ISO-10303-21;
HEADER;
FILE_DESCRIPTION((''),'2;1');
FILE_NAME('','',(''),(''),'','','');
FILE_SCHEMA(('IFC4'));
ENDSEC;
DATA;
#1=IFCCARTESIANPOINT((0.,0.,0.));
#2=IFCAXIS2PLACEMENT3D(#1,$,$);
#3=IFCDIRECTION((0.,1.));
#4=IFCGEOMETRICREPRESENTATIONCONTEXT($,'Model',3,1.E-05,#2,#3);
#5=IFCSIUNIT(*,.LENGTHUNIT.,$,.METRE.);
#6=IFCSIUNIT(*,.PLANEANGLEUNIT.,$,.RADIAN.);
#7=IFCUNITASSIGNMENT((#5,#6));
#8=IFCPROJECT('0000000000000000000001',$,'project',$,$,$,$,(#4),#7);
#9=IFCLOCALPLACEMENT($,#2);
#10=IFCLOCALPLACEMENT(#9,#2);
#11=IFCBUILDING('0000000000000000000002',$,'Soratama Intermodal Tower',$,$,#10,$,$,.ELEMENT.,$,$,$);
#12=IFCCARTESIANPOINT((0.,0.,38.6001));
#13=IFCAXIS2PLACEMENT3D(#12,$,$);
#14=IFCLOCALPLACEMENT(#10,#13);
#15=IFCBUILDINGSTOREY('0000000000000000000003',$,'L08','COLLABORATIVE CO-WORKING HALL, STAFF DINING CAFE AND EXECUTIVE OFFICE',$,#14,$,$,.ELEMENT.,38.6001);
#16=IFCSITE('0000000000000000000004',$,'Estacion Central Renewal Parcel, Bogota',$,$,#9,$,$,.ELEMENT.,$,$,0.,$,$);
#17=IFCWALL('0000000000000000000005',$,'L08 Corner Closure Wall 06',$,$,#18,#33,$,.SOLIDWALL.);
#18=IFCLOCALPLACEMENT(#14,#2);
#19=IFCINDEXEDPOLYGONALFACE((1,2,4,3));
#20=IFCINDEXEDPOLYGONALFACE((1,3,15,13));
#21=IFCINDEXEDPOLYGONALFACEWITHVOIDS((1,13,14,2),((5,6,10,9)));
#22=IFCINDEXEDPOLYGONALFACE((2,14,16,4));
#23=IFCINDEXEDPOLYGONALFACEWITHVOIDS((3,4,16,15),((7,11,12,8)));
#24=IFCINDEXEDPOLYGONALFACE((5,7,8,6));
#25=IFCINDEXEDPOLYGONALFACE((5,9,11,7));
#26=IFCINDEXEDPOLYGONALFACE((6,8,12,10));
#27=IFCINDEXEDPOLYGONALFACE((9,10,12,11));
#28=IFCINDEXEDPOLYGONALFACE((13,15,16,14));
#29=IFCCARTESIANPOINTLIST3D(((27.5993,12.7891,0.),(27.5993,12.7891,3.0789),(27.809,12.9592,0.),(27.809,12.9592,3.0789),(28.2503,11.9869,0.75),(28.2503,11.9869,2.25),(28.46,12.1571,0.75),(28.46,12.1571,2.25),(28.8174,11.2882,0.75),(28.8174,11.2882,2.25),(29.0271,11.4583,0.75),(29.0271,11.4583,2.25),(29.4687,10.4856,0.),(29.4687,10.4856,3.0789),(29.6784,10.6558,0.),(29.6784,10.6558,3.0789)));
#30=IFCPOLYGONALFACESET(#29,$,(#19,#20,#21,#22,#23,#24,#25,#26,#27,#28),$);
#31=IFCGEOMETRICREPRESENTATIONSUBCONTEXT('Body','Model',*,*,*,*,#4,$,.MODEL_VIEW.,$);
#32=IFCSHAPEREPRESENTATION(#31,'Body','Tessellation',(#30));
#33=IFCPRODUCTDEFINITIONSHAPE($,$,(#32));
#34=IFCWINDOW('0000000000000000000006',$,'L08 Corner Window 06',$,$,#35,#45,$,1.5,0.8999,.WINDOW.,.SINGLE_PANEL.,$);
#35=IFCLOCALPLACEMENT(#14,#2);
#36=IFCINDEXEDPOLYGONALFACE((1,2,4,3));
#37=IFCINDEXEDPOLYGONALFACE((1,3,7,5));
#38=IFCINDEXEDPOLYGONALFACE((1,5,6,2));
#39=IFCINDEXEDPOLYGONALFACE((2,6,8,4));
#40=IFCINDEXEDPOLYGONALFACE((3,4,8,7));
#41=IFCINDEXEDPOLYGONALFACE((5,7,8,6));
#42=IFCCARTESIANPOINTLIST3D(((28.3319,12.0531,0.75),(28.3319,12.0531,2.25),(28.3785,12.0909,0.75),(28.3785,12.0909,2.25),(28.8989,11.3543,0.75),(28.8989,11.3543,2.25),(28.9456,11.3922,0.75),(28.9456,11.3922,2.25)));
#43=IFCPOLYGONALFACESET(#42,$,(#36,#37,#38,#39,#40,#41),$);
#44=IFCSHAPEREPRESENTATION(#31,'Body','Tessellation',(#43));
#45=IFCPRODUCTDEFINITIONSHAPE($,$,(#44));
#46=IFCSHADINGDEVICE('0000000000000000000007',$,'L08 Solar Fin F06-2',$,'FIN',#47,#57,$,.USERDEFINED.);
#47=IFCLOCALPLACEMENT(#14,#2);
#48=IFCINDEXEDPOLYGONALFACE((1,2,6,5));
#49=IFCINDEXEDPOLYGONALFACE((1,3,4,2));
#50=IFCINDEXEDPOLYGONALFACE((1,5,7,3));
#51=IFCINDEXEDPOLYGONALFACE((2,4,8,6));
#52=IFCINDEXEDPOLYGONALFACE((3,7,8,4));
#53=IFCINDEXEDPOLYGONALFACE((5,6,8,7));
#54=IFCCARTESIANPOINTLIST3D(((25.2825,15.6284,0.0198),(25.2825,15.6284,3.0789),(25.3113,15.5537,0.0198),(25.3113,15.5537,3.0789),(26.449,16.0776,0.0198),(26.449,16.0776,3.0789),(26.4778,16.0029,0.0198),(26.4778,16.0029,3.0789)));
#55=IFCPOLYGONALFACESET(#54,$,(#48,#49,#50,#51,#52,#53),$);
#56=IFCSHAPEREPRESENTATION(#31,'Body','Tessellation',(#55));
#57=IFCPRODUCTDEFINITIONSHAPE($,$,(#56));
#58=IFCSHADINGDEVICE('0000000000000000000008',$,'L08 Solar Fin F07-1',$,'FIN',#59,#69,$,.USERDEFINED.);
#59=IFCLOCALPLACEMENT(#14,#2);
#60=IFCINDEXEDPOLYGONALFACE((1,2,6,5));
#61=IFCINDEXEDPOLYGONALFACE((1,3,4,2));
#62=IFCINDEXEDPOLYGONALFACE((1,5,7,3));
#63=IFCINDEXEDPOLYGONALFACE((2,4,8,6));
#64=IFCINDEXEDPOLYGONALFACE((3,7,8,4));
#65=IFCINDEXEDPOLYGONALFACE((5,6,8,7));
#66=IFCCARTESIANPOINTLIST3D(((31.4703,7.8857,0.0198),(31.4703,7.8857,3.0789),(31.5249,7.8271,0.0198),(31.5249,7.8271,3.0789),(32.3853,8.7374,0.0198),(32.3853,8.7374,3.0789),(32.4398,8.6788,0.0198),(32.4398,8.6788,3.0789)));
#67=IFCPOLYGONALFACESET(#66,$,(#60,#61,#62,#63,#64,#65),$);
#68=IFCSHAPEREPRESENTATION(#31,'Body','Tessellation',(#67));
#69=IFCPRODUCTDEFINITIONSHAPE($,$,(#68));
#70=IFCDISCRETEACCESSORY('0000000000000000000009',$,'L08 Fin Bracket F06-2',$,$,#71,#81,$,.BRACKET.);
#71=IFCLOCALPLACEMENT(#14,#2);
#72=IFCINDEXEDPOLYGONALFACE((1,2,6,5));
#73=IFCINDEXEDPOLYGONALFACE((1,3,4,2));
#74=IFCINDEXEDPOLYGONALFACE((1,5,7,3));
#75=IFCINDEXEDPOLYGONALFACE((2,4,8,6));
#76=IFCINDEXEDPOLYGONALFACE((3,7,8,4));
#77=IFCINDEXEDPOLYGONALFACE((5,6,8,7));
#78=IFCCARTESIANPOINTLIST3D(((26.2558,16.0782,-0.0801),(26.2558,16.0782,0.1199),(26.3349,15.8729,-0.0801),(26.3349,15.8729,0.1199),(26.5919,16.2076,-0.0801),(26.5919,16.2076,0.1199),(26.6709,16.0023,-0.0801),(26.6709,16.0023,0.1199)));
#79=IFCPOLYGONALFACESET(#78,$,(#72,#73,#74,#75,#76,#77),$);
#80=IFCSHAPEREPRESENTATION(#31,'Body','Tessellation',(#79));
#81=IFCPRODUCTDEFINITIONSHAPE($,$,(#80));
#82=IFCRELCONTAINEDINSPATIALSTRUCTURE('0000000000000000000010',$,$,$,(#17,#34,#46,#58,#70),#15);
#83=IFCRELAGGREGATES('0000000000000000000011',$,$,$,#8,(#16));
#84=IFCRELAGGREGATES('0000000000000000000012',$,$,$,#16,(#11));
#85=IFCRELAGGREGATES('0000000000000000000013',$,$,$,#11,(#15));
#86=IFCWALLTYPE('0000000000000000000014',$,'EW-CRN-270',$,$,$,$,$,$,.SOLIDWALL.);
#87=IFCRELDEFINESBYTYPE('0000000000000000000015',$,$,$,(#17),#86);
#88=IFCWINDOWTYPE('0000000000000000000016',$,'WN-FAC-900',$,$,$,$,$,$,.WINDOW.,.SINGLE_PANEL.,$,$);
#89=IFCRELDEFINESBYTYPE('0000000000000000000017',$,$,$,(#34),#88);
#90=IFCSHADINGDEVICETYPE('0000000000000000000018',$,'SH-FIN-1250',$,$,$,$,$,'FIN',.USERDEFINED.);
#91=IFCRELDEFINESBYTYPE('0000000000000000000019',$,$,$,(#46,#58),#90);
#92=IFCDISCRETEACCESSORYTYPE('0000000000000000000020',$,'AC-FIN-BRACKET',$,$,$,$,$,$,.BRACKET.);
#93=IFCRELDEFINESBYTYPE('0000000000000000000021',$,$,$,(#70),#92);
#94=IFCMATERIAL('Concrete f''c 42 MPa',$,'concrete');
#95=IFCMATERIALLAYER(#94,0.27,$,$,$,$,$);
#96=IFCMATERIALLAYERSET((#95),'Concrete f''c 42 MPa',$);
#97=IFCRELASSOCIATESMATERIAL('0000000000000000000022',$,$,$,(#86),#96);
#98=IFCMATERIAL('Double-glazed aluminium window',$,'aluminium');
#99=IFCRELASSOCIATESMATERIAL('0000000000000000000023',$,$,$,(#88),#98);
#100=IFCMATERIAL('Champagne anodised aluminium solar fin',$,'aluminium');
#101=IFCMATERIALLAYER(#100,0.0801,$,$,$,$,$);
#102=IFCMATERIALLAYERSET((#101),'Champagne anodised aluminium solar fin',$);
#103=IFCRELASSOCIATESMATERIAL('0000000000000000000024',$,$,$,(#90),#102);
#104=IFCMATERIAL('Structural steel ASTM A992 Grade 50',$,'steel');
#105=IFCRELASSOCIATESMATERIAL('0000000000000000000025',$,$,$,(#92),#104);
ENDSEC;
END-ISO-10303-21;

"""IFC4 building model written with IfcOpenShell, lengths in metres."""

from ifc_helpers import new_model, si_unit, direction, frame, frame_2d, origin, origin_2d, place, context, subcontext, project, spatial, rectangle, extrude, material, layer, layer_set, type_object, element, fill, save


model = new_model("IFC4")

# Units and contexts
model_context = context("Model", 3, precision=1e-05, world=origin(), true_north=direction((0.0, 1.0)))
body_context = subcontext(model_context, "Body", "Model", "MODEL_VIEW")
ifc_project = project(units=[si_unit("LENGTHUNIT", "METRE"), si_unit("PLANEANGLEUNIT", "RADIAN")], contexts=[model_context])

# Site, building, storey
site_placement = place(None, origin())
site = spatial("IfcSite", under=ifc_project, at=site_placement, Name="Estacion Central Renewal Parcel, Bogota", CompositionType="ELEMENT", RefElevation=0.0)
building_placement = place(site_placement, origin())
building = spatial("IfcBuilding", under=site, at=building_placement, Name="Soratama Intermodal Tower", CompositionType="ELEMENT")
storey_placement = place(building_placement, frame((0.0, 0.0, 38.6001)))
storey = spatial("IfcBuildingStorey", under=building, at=storey_placement, Name="L08", Description="COLLABORATIVE CO-WORKING HALL, STAFF DINING CAFE AND EXECUTIVE OFFICE", CompositionType="ELEMENT", Elevation=38.6001)

# Wall, opening, window
ifc_material_1 = material(Name="Concrete f'c 42 MPa", Category="concrete")
ifc_layer_1 = layer(ifc_material_1, 0.27)
ifc_layer_set_1 = layer_set([ifc_layer_1], Name="Concrete f'c 42 MPa")
wall_type = type_object("IfcWallType", Name="EW-CRN-270", PredefinedType="SOLIDWALL", material=ifc_layer_set_1)
wall_placement = place(storey_placement, frame((27.7041, 12.8743, 0.0), z_axis=(0.0, 0.0, 1.0), x_axis=(0.630149, -0.776474, 0.0)))
wall = element("IfcWall", 1, at=wall_placement, inside=storey, type_object=wall_type, Name="L08 Corner Closure Wall 06", PredefinedType="SOLIDWALL", context=body_context, shape_type="SweptSolid", body=[
    extrude(rectangle(XDim=2.9666, YDim=0.27, at=frame_2d((1.4834, 0.0))), origin(), (0.0, 0.0, 1.0), 3.0789),
])
opening_placement = place(wall_placement, frame((1.0332, 0.0, 0.75)))
opening = element("IfcOpeningElement", 2, at=opening_placement, cuts=wall, PredefinedType="OPENING", context=body_context, shape_type="SweptSolid", body=[
    extrude(rectangle(XDim=0.8999, YDim=1.5, at=frame_2d((0.45, 0.75))), frame((0.0, 0.145, 0.0), z_axis=(0.0, -1.0, 0.0), x_axis=(1.0, 0.0, 0.0)), (0.0, 0.0, 1.0), 0.29),
])
ifc_material_2 = material(Name="Double-glazed aluminium window", Category="aluminium")
window_type = type_object("IfcWindowType", Name="WN-FAC-900", PartitioningType="SINGLE_PANEL", PredefinedType="WINDOW", material=ifc_material_2)
window_placement = place(opening_placement, origin())
window = element("IfcWindow", 3, at=window_placement, inside=storey, type_object=window_type, Name="L08 Corner Window 06", OverallHeight=1.5, OverallWidth=0.8999, PartitioningType="SINGLE_PANEL", PredefinedType="WINDOW", context=body_context, shape_type="SweptSolid", body=[
    extrude(rectangle(XDim=0.8999, YDim=1.5, at=frame_2d((0.45, 0.75))), frame((0.0, 0.03, 0.0), z_axis=(0.0, -1.0, 0.0), x_axis=(1.0, 0.0, 0.0)), (0.0, 0.0, 1.0), 0.0601),
])
fill(opening, window)

# Shading devices
ifc_material_3 = material(Name="Champagne anodised aluminium solar fin", Category="aluminium")
ifc_layer_2 = layer(ifc_material_3, 0.0801)
ifc_layer_set_2 = layer_set([ifc_layer_2], Name="Champagne anodised aluminium solar fin")
shading_device_type = type_object("IfcShadingDeviceType", Name="SH-FIN-1250", ElementType="FIN", PredefinedType="USERDEFINED", material=ifc_layer_set_2)
for number, where, z_axis, x_axis, name in (
    (4, (25.8801, 15.8157, 0.0198), (0.0, 0.0, 1.0), (-0.933205, -0.359345, 0.0), "L08 Solar Fin F06-2"),
    (5, (31.9551, 8.2822, 0.0198), (0.0, 0.0, 1.0), (-0.731949, -0.68136, 0.0), "L08 Solar Fin F07-1"),
):
    element("IfcShadingDevice", number, at=place(storey_placement, frame(where, z_axis=z_axis, x_axis=x_axis)), inside=storey, type_object=shading_device_type, Name=name, ObjectType="FIN", PredefinedType="USERDEFINED", context=body_context, shape_type="SweptSolid", body=[
        extrude(rectangle(XDim=1.25, YDim=0.0801, at=origin_2d()), origin(), (0.0, 0.0, 1.0), 3.0591),
    ])

# Discrete accessory
ifc_material_4 = material(Name="Structural steel ASTM A992 Grade 50", Category="steel")
discrete_accessory_type = type_object("IfcDiscreteAccessoryType", Name="AC-FIN-BRACKET", PredefinedType="BRACKET", material=ifc_material_4)
discrete_accessory_placement = place(storey_placement, frame((26.4634, 16.0403, -0.0801), z_axis=(0.0, 0.0, 1.0), x_axis=(-0.933205, -0.359345, 0.0)))
element("IfcDiscreteAccessory", 6, at=discrete_accessory_placement, inside=storey, type_object=discrete_accessory_type, Name="L08 Fin Bracket F06-2", PredefinedType="BRACKET", context=body_context, shape_type="SweptSolid", body=[
    extrude(rectangle(XDim=0.3601, YDim=0.22, at=origin_2d()), origin(), (0.0, 0.0, 1.0), 0.2),
])

save(model, "model.ifc")
